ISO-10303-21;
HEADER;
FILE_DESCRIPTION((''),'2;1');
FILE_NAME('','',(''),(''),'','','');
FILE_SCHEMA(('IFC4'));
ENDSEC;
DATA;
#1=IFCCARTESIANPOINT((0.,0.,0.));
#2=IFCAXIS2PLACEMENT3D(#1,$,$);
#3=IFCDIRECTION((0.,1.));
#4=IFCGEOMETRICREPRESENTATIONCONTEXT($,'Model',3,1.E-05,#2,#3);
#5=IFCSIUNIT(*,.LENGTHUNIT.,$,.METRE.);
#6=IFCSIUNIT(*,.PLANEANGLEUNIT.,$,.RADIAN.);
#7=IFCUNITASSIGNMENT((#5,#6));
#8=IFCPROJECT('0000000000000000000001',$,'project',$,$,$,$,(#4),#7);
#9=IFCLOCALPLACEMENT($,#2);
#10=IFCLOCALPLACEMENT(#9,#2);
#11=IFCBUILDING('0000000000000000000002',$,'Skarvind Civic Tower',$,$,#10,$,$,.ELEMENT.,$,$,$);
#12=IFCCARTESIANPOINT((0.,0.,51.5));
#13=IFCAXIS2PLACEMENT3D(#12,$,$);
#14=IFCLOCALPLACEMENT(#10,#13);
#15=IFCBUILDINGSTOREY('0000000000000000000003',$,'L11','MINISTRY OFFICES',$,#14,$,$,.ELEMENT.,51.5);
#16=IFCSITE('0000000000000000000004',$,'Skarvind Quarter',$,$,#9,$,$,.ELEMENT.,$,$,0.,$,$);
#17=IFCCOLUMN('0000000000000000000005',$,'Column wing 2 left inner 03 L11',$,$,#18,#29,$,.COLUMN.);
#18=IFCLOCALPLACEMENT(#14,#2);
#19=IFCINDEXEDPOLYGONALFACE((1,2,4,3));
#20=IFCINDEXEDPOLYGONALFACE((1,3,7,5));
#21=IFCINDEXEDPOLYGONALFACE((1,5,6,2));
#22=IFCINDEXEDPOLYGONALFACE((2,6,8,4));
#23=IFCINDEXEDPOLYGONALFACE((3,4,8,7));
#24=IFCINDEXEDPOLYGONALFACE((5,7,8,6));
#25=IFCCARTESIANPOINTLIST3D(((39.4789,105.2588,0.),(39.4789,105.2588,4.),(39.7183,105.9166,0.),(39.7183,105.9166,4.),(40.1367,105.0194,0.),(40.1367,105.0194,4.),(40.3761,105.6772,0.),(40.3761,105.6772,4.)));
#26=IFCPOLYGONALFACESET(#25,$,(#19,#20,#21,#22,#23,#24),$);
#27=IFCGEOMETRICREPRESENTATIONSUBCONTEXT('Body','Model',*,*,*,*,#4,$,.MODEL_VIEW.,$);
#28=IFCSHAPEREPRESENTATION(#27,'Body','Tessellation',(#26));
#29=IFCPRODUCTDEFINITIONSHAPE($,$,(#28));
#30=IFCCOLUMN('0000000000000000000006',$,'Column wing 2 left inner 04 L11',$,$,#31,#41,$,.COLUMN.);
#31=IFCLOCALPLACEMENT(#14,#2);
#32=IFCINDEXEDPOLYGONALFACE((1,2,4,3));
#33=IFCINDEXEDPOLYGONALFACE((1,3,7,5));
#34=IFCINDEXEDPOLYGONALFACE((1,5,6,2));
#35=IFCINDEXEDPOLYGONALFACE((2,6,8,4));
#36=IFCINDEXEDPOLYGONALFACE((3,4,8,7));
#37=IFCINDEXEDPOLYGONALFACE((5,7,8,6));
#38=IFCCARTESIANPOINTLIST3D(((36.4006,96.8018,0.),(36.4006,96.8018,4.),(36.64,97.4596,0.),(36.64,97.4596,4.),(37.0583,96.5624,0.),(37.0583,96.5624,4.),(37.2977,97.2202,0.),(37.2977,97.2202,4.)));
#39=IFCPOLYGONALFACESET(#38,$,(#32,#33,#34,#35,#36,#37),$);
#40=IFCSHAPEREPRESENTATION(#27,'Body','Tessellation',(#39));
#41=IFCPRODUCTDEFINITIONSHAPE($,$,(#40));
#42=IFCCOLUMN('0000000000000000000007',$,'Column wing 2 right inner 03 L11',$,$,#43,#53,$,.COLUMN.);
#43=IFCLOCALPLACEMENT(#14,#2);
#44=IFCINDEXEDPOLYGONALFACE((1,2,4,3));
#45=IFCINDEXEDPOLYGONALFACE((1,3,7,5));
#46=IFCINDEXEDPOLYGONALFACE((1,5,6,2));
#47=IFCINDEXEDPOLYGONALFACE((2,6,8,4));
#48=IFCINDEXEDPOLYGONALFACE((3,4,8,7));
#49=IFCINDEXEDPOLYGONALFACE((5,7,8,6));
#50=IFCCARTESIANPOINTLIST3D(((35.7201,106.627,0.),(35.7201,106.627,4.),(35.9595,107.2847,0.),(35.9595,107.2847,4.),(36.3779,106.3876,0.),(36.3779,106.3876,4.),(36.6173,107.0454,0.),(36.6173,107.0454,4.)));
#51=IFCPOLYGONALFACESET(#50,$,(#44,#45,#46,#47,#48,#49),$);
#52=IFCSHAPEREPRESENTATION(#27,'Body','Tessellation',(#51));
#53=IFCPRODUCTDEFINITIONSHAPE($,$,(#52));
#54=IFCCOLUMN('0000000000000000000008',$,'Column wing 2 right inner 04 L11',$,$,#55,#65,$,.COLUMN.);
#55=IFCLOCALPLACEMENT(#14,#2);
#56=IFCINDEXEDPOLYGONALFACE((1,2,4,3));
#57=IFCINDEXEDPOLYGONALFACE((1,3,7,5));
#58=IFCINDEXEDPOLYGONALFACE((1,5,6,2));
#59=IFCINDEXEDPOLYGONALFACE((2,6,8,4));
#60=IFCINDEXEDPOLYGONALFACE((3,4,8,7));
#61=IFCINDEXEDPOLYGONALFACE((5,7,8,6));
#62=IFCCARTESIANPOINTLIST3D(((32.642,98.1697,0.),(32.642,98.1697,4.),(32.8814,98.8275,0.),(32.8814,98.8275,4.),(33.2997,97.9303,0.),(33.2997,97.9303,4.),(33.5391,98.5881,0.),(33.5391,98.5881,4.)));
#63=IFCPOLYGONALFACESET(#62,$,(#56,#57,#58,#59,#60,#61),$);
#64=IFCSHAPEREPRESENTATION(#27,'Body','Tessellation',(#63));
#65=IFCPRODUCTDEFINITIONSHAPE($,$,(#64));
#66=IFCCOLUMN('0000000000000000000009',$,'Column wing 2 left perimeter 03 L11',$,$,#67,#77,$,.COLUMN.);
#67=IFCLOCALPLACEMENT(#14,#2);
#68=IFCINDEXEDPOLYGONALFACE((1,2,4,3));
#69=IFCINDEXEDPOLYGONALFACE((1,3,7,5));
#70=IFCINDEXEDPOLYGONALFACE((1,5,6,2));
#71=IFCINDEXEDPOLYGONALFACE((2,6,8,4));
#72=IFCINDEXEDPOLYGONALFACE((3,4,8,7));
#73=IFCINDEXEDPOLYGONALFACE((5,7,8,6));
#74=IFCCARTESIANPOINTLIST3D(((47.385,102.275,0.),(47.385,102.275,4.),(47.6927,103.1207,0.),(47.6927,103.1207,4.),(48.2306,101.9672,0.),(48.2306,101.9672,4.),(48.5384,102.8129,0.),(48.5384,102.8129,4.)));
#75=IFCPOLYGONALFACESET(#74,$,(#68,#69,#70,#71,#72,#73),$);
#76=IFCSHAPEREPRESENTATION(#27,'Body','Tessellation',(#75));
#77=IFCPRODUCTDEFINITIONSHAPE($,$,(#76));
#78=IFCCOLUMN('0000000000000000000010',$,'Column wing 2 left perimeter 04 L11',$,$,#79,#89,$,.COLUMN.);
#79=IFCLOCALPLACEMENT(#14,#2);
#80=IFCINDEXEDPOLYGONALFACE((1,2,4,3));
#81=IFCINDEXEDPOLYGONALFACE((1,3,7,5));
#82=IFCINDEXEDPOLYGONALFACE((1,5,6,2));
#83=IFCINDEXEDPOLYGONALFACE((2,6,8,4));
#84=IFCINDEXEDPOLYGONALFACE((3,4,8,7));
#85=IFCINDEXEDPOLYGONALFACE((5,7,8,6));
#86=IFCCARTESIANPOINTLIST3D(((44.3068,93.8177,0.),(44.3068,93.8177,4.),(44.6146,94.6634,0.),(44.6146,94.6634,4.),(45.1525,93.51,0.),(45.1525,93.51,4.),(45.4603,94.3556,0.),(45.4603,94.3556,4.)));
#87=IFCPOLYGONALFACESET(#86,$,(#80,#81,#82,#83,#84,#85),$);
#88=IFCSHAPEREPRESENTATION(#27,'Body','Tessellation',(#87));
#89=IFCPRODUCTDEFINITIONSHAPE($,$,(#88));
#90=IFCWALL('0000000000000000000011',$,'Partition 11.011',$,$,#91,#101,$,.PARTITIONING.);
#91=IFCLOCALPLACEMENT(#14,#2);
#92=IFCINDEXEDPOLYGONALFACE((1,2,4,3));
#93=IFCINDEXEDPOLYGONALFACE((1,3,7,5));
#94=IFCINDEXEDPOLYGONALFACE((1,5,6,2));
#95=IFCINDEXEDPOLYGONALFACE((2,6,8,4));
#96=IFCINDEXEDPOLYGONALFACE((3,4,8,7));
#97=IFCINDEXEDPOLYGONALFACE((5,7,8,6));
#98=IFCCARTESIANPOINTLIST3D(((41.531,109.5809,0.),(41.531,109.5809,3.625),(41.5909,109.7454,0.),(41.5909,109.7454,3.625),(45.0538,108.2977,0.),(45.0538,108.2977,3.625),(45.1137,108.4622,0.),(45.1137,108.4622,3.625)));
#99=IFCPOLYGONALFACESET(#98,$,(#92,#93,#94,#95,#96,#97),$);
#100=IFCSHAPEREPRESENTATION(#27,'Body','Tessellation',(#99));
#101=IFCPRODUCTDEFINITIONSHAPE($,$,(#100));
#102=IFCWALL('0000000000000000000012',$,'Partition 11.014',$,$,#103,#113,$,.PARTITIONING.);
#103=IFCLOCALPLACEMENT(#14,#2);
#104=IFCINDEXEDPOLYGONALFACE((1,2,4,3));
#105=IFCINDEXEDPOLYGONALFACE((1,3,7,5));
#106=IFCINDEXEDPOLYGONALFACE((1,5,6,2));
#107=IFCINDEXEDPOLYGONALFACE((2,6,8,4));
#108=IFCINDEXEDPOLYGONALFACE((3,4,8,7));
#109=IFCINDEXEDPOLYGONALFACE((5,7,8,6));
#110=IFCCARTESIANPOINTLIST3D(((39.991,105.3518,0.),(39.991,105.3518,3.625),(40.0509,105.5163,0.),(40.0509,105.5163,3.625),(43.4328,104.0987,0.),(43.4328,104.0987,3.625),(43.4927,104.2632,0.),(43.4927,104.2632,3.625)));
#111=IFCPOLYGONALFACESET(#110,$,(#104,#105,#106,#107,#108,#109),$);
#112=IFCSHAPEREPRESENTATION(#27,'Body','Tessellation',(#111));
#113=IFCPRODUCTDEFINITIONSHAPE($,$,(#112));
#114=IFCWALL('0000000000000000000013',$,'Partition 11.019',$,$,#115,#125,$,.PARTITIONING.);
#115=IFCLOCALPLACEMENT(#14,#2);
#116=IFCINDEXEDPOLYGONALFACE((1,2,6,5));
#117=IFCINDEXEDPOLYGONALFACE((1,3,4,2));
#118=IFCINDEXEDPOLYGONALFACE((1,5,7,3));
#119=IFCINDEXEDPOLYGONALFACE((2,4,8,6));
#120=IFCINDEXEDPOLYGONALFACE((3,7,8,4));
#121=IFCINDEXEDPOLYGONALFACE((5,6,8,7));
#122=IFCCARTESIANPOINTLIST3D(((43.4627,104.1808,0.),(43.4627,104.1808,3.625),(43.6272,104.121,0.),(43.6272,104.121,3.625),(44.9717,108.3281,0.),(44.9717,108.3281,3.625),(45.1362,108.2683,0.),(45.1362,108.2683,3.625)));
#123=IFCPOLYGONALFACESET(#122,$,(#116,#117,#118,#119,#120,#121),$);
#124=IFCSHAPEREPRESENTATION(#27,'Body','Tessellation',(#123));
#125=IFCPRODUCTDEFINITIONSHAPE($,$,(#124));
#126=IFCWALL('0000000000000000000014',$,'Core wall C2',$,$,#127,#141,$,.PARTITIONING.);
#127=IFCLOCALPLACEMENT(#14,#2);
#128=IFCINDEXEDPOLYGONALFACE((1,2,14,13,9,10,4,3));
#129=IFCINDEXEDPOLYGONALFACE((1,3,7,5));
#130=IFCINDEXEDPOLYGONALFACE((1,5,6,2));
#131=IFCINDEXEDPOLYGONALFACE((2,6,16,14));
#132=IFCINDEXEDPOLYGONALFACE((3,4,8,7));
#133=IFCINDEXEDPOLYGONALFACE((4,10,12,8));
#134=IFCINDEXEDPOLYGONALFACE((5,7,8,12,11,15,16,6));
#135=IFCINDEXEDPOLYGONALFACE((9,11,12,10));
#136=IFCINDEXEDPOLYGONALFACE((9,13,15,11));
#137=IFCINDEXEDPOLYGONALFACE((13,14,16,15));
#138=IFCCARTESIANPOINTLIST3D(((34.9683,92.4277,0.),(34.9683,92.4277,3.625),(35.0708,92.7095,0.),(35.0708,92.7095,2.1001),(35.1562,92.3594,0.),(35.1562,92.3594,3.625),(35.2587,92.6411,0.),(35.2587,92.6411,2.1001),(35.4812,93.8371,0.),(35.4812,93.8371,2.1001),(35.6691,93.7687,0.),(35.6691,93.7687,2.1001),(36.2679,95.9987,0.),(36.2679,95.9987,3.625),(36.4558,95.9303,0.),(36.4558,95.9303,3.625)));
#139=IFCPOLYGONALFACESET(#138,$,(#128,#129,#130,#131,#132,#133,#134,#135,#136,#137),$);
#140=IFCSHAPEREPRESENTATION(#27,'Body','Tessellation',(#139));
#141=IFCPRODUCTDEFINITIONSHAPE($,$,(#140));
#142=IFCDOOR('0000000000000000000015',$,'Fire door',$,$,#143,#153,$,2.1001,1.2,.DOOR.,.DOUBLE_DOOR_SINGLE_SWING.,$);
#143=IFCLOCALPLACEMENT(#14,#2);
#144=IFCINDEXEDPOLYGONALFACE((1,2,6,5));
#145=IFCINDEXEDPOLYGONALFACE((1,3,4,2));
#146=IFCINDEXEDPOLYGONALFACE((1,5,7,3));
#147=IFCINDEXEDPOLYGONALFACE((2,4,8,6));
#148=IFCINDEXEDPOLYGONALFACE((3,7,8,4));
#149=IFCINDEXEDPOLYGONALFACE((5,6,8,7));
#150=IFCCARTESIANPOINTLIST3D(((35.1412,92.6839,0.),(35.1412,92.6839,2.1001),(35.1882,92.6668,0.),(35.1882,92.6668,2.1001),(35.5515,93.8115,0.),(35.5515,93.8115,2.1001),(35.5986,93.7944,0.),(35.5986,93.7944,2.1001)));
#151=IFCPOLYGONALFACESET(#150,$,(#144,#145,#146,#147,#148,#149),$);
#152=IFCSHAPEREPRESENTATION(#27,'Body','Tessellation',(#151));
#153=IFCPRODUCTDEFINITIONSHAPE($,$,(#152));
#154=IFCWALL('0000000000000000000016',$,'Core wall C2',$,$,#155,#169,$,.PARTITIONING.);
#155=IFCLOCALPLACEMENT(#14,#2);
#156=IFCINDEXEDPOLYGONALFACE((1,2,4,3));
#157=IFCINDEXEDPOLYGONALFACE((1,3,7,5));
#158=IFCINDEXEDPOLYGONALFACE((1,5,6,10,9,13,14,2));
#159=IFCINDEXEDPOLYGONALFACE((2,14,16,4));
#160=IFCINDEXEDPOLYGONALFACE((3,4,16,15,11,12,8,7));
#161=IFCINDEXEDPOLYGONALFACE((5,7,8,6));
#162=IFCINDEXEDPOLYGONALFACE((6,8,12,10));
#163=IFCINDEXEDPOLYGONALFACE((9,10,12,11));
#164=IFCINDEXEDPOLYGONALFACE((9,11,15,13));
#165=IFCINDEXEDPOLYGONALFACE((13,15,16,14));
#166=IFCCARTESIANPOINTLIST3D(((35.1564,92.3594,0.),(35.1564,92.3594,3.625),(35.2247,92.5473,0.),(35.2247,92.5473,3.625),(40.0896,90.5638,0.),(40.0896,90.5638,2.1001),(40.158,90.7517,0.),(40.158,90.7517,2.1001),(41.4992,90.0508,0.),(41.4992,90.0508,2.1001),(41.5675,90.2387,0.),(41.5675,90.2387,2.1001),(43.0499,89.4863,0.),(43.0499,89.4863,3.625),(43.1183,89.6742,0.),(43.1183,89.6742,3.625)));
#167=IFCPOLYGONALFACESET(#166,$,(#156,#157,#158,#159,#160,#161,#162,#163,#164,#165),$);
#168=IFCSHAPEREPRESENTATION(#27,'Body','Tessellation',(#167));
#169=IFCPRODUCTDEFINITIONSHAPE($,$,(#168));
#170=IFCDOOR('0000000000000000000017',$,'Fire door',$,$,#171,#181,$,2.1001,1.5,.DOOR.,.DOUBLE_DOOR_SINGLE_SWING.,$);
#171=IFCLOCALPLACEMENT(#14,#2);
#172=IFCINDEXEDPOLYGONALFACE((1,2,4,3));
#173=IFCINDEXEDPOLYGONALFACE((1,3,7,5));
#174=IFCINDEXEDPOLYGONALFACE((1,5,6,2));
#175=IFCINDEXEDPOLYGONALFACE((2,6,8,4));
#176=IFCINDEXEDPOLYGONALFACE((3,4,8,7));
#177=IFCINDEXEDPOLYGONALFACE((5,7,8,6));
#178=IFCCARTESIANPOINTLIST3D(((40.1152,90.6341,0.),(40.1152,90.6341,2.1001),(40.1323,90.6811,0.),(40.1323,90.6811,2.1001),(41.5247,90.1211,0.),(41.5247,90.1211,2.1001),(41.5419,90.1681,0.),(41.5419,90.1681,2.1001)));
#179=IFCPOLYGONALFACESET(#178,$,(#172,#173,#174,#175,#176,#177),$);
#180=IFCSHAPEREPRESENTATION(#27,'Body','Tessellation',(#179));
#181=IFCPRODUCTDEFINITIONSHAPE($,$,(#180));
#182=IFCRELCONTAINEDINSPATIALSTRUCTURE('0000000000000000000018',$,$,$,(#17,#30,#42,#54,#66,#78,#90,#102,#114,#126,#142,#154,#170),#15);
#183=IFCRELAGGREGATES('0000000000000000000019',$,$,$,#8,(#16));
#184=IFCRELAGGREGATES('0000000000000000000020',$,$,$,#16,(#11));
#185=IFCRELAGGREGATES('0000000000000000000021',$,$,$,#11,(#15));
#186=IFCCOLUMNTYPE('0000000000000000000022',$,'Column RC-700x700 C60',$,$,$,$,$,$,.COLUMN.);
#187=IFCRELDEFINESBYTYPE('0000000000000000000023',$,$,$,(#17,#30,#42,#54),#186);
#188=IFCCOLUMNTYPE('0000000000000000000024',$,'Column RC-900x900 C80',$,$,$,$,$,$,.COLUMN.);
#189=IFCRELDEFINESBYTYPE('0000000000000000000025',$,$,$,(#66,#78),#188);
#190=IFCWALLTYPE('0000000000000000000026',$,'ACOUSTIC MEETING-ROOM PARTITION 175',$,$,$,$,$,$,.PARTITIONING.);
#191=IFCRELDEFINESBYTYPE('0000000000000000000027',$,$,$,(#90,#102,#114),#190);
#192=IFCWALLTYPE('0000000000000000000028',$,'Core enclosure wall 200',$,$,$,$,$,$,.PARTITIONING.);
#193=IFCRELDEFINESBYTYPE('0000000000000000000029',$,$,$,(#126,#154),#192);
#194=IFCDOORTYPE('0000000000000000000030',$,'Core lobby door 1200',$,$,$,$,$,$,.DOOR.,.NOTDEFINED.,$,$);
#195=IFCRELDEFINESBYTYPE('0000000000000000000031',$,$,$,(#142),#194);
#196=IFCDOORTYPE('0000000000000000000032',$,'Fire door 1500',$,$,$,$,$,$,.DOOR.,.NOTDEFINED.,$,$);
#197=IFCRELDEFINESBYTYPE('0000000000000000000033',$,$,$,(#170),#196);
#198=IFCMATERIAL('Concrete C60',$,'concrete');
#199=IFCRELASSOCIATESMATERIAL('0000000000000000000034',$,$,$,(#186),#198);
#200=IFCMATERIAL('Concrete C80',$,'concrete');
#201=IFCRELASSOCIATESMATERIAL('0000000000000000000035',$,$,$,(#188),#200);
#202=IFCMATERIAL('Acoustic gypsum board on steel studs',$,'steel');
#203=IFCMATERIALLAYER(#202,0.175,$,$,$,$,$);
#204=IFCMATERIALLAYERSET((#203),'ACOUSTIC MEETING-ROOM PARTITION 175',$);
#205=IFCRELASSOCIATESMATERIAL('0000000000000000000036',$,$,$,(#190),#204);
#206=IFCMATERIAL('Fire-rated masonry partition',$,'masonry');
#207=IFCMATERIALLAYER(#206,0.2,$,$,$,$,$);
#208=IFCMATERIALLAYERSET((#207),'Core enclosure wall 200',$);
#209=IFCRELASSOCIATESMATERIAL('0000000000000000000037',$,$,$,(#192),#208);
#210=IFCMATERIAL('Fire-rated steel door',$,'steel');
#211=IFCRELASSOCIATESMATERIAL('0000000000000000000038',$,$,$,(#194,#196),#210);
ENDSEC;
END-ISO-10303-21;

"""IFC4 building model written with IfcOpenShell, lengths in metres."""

from ifc_helpers import new_model, si_unit, direction, frame, frame_2d, origin, origin_2d, place, context, subcontext, project, spatial, rectangle, extrude, material, layer, layer_set, material_profile, profile_set, type_object, element, fill, save


model = new_model("IFC4")

# Units and contexts
model_context = context("Model", 3, precision=1e-05, world=origin(), true_north=direction((0.0, 1.0)))
body_context = subcontext(model_context, "Body", "Model", "MODEL_VIEW")
ifc_project = project(units=[si_unit("LENGTHUNIT", "METRE"), si_unit("PLANEANGLEUNIT", "RADIAN")], contexts=[model_context])

# Site, building, storey
site_placement = place(None, origin())
site = spatial("IfcSite", under=ifc_project, at=site_placement, Name="Skarvind Quarter", CompositionType="ELEMENT", RefElevation=0.0)
building_placement = place(site_placement, origin())
building = spatial("IfcBuilding", under=site, at=building_placement, Name="Skarvind Civic Tower", CompositionType="ELEMENT")
storey_placement = place(building_placement, frame((0.0, 0.0, 51.5)))
storey = spatial("IfcBuildingStorey", under=building, at=storey_placement, Name="L11", Description="MINISTRY OFFICES", CompositionType="ELEMENT", Elevation=51.5)

# Columns
ifc_material_1 = material(Name="Concrete C60", Category="concrete")
ifc_material_profile_1 = material_profile(ifc_material_1, rectangle(XDim=0.7, YDim=0.7, at=origin_2d()), Name="RC-700x700")
ifc_profile_set_1 = profile_set([ifc_material_profile_1], Name="Concrete C60")
column_type_1 = type_object("IfcColumnType", Name="Column RC-700x700 C60", PredefinedType="COLUMN", material=ifc_profile_set_1)
for number, where, z_axis, x_axis, name in (
    (1, (39.9275, 105.468, 0.0), (0.0, 0.0, 1.0), (-0.34202, -0.939693, 0.0), "Column wing 2 left inner 03 L11"),
    (2, (36.8491, 97.011, 0.0), (0.0, 0.0, 1.0), (-0.34202, -0.939693, 0.0), "Column wing 2 left inner 04 L11"),
    (3, (36.1687, 106.8362, 0.0), (0.0, 0.0, 1.0), (-0.34202, -0.939693, 0.0), "Column wing 2 right inner 03 L11"),
    (4, (33.0906, 98.3789, 0.0), (0.0, 0.0, 1.0), (-0.34202, -0.939693, 0.0), "Column wing 2 right inner 04 L11"),
):
    element("IfcColumn", number, at=place(storey_placement, frame(where, z_axis=z_axis, x_axis=x_axis)), inside=storey, type_object=column_type_1, Name=name, PredefinedType="COLUMN", context=body_context, shape_type="SweptSolid", body=[
        extrude(rectangle(XDim=0.7, YDim=0.7, at=origin_2d()), origin(), (0.0, 0.0, 1.0), 4.0),
    ])
ifc_material_2 = material(Name="Concrete C80", Category="concrete")
ifc_material_profile_2 = material_profile(ifc_material_2, rectangle(XDim=0.8999, YDim=0.8999, at=origin_2d()), Name="RC-900x900")
ifc_profile_set_2 = profile_set([ifc_material_profile_2], Name="Concrete C80")
column_type_2 = type_object("IfcColumnType", Name="Column RC-900x900 C80", PredefinedType="COLUMN", material=ifc_profile_set_2)
for number, where, z_axis, x_axis, name in (
    (5, (47.9617, 102.5439, 0.0), (0.0, 0.0, 1.0), (-0.34202, -0.939693, 0.0), "Column wing 2 left perimeter 03 L11"),
    (6, (44.8835, 94.0867, 0.0), (0.0, 0.0, 1.0), (-0.34202, -0.939693, 0.0), "Column wing 2 left perimeter 04 L11"),
):
    element("IfcColumn", number, at=place(storey_placement, frame(where, z_axis=z_axis, x_axis=x_axis)), inside=storey, type_object=column_type_2, Name=name, PredefinedType="COLUMN", context=body_context, shape_type="SweptSolid", body=[
        extrude(rectangle(XDim=0.8999, YDim=0.8999, at=origin_2d()), origin(), (0.0, 0.0, 1.0), 4.0),
    ])

# Walls
ifc_material_3 = material(Name="Acoustic gypsum board on steel studs", Category="steel")
ifc_layer_1 = layer(ifc_material_3, 0.175)
ifc_layer_set_1 = layer_set([ifc_layer_1], Name="ACOUSTIC MEETING-ROOM PARTITION 175")
wall_type_1 = type_object("IfcWallType", Name="ACOUSTIC MEETING-ROOM PARTITION 175", PredefinedType="PARTITIONING", material=ifc_layer_set_1)
wall_1_placement = place(storey_placement, frame((41.561, 109.6631, 0.0), z_axis=(0.0, 0.0, 1.0), x_axis=(0.939611, -0.342245, 0.0)))
element("IfcWall", 7, at=wall_1_placement, inside=storey, type_object=wall_type_1, Name="Partition 11.011", PredefinedType="PARTITIONING", context=body_context, shape_type="SweptSolid", body=[
    extrude(rectangle(XDim=3.7493, YDim=0.175, at=frame_2d((1.8745, 0.0))), origin(), (0.0, 0.0, 1.0), 3.625),
])
wall_2_placement = place(storey_placement, frame((43.4629, 104.1809, 0.0), z_axis=(0.0, 0.0, 1.0), x_axis=(-0.939655, 0.342123, 0.0)))
element("IfcWall", 8, at=wall_2_placement, inside=storey, type_object=wall_type_1, Name="Partition 11.014", PredefinedType="PARTITIONING", context=body_context, shape_type="SweptSolid", body=[
    extrude(rectangle(XDim=3.6628, YDim=0.175, at=frame_2d((1.8315, 0.0))), origin(), (0.0, 0.0, 1.0), 3.625),
])
wall_3_placement = place(storey_placement, frame((45.054, 108.2981, 0.0), z_axis=(0.0, 0.0, 1.0), x_axis=(-0.341934, -0.939724, 0.0)))
element("IfcWall", 9, at=wall_3_placement, inside=storey, type_object=wall_type_1, Name="Partition 11.019", PredefinedType="PARTITIONING", context=body_context, shape_type="SweptSolid", body=[
    extrude(rectangle(XDim=4.4133, YDim=0.175, at=frame_2d((2.2065, 0.0))), origin(), (0.0, 0.0, 1.0), 3.625),
])

# Walls, openings, doors
ifc_material_4 = material(Name="Fire-rated masonry partition", Category="masonry")
ifc_layer_2 = layer(ifc_material_4, 0.2)
ifc_layer_set_2 = layer_set([ifc_layer_2], Name="Core enclosure wall 200")
wall_type_2 = type_object("IfcWallType", Name="Core enclosure wall 200", PredefinedType="PARTITIONING", material=ifc_layer_set_2)
wall_4_placement = place(storey_placement, frame((36.3618, 95.9644, 0.0), z_axis=(0.0, 0.0, 1.0), x_axis=(-0.341996, -0.939701, 0.0)))
wall_4 = element("IfcWall", 10, at=wall_4_placement, inside=storey, type_object=wall_type_2, Name="Core wall C2", PredefinedType="PARTITIONING", context=body_context, shape_type="SweptSolid", body=[
    extrude(rectangle(XDim=3.8, YDim=0.2, at=frame_2d((1.8999, 0.0))), origin(), (0.0, 0.0, 1.0), 3.625),
])
opening_1_placement = place(wall_4_placement, frame((2.3, 0.0, 0.0)))
opening_1 = element("IfcOpeningElement", 11, at=opening_1_placement, cuts=wall_4, PredefinedType="OPENING", context=body_context, shape_type="SweptSolid", body=[
    extrude(rectangle(XDim=1.2, YDim=2.1001, at=frame_2d((0.6001, 1.05))), frame((0.0, 0.1099, 0.0), z_axis=(0.0, -1.0, 0.0), x_axis=(1.0, 0.0, 0.0)), (0.0, 0.0, 1.0), 0.22),
])
ifc_material_5 = material(Name="Fire-rated steel door", Category="steel")
door_type_1 = type_object("IfcDoorType", Name="Core lobby door 1200", OperationType="NOTDEFINED", PredefinedType="DOOR", material=ifc_material_5)
door_1_placement = place(opening_1_placement, origin())
door_1 = element("IfcDoor", 12, at=door_1_placement, inside=storey, type_object=door_type_1, Name="Fire door", OperationType="DOUBLE_DOOR_SINGLE_SWING", OverallHeight=2.1001, OverallWidth=1.2, PredefinedType="DOOR", context=body_context, shape_type="SweptSolid", body=[
    extrude(rectangle(XDim=1.2, YDim=2.1001, at=frame_2d((0.6001, 1.05))), frame((0.0, 0.0249, 0.0), z_axis=(0.0, -1.0, 0.0), x_axis=(1.0, 0.0, 0.0)), (0.0, 0.0, 1.0), 0.05),
])
fill(opening_1, door_1)
wall_5_placement = place(storey_placement, frame((35.1904, 92.4534, 0.0), z_axis=(0.0, 0.0, 1.0), x_axis=(0.939692, -0.342023, 0.0)))
wall_5 = element("IfcWall", 13, at=wall_5_placement, inside=storey, type_object=wall_type_2, Name="Core wall C2", PredefinedType="PARTITIONING", context=body_context, shape_type="SweptSolid", body=[
    extrude(rectangle(XDim=8.4001, YDim=0.2, at=frame_2d((4.2002, 0.0))), origin(), (0.0, 0.0, 1.0), 3.625),
])
opening_2_placement = place(wall_5_placement, frame((5.25, 0.0, 0.0)))
opening_2 = element("IfcOpeningElement", 14, at=opening_2_placement, cuts=wall_5, PredefinedType="OPENING", context=body_context, shape_type="SweptSolid", body=[
    extrude(rectangle(XDim=1.5, YDim=2.1001, at=frame_2d((0.75, 1.05))), frame((0.0, 0.1099, 0.0), z_axis=(0.0, -1.0, 0.0), x_axis=(1.0, 0.0, 0.0)), (0.0, 0.0, 1.0), 0.22),
])
door_type_2 = type_object("IfcDoorType", Name="Fire door 1500", OperationType="NOTDEFINED", PredefinedType="DOOR", material=ifc_material_5)
door_2_placement = place(opening_2_placement, origin())
door_2 = element("IfcDoor", 15, at=door_2_placement, inside=storey, type_object=door_type_2, Name="Fire door", OperationType="DOUBLE_DOOR_SINGLE_SWING", OverallHeight=2.1001, OverallWidth=1.5, PredefinedType="DOOR", context=body_context, shape_type="SweptSolid", body=[
    extrude(rectangle(XDim=1.5, YDim=2.1001, at=frame_2d((0.75, 1.05))), frame((0.0, 0.0249, 0.0), z_axis=(0.0, -1.0, 0.0), x_axis=(1.0, 0.0, 0.0)), (0.0, 0.0, 1.0), 0.05),
])
fill(opening_2, door_2)

save(model, "model.ifc")
